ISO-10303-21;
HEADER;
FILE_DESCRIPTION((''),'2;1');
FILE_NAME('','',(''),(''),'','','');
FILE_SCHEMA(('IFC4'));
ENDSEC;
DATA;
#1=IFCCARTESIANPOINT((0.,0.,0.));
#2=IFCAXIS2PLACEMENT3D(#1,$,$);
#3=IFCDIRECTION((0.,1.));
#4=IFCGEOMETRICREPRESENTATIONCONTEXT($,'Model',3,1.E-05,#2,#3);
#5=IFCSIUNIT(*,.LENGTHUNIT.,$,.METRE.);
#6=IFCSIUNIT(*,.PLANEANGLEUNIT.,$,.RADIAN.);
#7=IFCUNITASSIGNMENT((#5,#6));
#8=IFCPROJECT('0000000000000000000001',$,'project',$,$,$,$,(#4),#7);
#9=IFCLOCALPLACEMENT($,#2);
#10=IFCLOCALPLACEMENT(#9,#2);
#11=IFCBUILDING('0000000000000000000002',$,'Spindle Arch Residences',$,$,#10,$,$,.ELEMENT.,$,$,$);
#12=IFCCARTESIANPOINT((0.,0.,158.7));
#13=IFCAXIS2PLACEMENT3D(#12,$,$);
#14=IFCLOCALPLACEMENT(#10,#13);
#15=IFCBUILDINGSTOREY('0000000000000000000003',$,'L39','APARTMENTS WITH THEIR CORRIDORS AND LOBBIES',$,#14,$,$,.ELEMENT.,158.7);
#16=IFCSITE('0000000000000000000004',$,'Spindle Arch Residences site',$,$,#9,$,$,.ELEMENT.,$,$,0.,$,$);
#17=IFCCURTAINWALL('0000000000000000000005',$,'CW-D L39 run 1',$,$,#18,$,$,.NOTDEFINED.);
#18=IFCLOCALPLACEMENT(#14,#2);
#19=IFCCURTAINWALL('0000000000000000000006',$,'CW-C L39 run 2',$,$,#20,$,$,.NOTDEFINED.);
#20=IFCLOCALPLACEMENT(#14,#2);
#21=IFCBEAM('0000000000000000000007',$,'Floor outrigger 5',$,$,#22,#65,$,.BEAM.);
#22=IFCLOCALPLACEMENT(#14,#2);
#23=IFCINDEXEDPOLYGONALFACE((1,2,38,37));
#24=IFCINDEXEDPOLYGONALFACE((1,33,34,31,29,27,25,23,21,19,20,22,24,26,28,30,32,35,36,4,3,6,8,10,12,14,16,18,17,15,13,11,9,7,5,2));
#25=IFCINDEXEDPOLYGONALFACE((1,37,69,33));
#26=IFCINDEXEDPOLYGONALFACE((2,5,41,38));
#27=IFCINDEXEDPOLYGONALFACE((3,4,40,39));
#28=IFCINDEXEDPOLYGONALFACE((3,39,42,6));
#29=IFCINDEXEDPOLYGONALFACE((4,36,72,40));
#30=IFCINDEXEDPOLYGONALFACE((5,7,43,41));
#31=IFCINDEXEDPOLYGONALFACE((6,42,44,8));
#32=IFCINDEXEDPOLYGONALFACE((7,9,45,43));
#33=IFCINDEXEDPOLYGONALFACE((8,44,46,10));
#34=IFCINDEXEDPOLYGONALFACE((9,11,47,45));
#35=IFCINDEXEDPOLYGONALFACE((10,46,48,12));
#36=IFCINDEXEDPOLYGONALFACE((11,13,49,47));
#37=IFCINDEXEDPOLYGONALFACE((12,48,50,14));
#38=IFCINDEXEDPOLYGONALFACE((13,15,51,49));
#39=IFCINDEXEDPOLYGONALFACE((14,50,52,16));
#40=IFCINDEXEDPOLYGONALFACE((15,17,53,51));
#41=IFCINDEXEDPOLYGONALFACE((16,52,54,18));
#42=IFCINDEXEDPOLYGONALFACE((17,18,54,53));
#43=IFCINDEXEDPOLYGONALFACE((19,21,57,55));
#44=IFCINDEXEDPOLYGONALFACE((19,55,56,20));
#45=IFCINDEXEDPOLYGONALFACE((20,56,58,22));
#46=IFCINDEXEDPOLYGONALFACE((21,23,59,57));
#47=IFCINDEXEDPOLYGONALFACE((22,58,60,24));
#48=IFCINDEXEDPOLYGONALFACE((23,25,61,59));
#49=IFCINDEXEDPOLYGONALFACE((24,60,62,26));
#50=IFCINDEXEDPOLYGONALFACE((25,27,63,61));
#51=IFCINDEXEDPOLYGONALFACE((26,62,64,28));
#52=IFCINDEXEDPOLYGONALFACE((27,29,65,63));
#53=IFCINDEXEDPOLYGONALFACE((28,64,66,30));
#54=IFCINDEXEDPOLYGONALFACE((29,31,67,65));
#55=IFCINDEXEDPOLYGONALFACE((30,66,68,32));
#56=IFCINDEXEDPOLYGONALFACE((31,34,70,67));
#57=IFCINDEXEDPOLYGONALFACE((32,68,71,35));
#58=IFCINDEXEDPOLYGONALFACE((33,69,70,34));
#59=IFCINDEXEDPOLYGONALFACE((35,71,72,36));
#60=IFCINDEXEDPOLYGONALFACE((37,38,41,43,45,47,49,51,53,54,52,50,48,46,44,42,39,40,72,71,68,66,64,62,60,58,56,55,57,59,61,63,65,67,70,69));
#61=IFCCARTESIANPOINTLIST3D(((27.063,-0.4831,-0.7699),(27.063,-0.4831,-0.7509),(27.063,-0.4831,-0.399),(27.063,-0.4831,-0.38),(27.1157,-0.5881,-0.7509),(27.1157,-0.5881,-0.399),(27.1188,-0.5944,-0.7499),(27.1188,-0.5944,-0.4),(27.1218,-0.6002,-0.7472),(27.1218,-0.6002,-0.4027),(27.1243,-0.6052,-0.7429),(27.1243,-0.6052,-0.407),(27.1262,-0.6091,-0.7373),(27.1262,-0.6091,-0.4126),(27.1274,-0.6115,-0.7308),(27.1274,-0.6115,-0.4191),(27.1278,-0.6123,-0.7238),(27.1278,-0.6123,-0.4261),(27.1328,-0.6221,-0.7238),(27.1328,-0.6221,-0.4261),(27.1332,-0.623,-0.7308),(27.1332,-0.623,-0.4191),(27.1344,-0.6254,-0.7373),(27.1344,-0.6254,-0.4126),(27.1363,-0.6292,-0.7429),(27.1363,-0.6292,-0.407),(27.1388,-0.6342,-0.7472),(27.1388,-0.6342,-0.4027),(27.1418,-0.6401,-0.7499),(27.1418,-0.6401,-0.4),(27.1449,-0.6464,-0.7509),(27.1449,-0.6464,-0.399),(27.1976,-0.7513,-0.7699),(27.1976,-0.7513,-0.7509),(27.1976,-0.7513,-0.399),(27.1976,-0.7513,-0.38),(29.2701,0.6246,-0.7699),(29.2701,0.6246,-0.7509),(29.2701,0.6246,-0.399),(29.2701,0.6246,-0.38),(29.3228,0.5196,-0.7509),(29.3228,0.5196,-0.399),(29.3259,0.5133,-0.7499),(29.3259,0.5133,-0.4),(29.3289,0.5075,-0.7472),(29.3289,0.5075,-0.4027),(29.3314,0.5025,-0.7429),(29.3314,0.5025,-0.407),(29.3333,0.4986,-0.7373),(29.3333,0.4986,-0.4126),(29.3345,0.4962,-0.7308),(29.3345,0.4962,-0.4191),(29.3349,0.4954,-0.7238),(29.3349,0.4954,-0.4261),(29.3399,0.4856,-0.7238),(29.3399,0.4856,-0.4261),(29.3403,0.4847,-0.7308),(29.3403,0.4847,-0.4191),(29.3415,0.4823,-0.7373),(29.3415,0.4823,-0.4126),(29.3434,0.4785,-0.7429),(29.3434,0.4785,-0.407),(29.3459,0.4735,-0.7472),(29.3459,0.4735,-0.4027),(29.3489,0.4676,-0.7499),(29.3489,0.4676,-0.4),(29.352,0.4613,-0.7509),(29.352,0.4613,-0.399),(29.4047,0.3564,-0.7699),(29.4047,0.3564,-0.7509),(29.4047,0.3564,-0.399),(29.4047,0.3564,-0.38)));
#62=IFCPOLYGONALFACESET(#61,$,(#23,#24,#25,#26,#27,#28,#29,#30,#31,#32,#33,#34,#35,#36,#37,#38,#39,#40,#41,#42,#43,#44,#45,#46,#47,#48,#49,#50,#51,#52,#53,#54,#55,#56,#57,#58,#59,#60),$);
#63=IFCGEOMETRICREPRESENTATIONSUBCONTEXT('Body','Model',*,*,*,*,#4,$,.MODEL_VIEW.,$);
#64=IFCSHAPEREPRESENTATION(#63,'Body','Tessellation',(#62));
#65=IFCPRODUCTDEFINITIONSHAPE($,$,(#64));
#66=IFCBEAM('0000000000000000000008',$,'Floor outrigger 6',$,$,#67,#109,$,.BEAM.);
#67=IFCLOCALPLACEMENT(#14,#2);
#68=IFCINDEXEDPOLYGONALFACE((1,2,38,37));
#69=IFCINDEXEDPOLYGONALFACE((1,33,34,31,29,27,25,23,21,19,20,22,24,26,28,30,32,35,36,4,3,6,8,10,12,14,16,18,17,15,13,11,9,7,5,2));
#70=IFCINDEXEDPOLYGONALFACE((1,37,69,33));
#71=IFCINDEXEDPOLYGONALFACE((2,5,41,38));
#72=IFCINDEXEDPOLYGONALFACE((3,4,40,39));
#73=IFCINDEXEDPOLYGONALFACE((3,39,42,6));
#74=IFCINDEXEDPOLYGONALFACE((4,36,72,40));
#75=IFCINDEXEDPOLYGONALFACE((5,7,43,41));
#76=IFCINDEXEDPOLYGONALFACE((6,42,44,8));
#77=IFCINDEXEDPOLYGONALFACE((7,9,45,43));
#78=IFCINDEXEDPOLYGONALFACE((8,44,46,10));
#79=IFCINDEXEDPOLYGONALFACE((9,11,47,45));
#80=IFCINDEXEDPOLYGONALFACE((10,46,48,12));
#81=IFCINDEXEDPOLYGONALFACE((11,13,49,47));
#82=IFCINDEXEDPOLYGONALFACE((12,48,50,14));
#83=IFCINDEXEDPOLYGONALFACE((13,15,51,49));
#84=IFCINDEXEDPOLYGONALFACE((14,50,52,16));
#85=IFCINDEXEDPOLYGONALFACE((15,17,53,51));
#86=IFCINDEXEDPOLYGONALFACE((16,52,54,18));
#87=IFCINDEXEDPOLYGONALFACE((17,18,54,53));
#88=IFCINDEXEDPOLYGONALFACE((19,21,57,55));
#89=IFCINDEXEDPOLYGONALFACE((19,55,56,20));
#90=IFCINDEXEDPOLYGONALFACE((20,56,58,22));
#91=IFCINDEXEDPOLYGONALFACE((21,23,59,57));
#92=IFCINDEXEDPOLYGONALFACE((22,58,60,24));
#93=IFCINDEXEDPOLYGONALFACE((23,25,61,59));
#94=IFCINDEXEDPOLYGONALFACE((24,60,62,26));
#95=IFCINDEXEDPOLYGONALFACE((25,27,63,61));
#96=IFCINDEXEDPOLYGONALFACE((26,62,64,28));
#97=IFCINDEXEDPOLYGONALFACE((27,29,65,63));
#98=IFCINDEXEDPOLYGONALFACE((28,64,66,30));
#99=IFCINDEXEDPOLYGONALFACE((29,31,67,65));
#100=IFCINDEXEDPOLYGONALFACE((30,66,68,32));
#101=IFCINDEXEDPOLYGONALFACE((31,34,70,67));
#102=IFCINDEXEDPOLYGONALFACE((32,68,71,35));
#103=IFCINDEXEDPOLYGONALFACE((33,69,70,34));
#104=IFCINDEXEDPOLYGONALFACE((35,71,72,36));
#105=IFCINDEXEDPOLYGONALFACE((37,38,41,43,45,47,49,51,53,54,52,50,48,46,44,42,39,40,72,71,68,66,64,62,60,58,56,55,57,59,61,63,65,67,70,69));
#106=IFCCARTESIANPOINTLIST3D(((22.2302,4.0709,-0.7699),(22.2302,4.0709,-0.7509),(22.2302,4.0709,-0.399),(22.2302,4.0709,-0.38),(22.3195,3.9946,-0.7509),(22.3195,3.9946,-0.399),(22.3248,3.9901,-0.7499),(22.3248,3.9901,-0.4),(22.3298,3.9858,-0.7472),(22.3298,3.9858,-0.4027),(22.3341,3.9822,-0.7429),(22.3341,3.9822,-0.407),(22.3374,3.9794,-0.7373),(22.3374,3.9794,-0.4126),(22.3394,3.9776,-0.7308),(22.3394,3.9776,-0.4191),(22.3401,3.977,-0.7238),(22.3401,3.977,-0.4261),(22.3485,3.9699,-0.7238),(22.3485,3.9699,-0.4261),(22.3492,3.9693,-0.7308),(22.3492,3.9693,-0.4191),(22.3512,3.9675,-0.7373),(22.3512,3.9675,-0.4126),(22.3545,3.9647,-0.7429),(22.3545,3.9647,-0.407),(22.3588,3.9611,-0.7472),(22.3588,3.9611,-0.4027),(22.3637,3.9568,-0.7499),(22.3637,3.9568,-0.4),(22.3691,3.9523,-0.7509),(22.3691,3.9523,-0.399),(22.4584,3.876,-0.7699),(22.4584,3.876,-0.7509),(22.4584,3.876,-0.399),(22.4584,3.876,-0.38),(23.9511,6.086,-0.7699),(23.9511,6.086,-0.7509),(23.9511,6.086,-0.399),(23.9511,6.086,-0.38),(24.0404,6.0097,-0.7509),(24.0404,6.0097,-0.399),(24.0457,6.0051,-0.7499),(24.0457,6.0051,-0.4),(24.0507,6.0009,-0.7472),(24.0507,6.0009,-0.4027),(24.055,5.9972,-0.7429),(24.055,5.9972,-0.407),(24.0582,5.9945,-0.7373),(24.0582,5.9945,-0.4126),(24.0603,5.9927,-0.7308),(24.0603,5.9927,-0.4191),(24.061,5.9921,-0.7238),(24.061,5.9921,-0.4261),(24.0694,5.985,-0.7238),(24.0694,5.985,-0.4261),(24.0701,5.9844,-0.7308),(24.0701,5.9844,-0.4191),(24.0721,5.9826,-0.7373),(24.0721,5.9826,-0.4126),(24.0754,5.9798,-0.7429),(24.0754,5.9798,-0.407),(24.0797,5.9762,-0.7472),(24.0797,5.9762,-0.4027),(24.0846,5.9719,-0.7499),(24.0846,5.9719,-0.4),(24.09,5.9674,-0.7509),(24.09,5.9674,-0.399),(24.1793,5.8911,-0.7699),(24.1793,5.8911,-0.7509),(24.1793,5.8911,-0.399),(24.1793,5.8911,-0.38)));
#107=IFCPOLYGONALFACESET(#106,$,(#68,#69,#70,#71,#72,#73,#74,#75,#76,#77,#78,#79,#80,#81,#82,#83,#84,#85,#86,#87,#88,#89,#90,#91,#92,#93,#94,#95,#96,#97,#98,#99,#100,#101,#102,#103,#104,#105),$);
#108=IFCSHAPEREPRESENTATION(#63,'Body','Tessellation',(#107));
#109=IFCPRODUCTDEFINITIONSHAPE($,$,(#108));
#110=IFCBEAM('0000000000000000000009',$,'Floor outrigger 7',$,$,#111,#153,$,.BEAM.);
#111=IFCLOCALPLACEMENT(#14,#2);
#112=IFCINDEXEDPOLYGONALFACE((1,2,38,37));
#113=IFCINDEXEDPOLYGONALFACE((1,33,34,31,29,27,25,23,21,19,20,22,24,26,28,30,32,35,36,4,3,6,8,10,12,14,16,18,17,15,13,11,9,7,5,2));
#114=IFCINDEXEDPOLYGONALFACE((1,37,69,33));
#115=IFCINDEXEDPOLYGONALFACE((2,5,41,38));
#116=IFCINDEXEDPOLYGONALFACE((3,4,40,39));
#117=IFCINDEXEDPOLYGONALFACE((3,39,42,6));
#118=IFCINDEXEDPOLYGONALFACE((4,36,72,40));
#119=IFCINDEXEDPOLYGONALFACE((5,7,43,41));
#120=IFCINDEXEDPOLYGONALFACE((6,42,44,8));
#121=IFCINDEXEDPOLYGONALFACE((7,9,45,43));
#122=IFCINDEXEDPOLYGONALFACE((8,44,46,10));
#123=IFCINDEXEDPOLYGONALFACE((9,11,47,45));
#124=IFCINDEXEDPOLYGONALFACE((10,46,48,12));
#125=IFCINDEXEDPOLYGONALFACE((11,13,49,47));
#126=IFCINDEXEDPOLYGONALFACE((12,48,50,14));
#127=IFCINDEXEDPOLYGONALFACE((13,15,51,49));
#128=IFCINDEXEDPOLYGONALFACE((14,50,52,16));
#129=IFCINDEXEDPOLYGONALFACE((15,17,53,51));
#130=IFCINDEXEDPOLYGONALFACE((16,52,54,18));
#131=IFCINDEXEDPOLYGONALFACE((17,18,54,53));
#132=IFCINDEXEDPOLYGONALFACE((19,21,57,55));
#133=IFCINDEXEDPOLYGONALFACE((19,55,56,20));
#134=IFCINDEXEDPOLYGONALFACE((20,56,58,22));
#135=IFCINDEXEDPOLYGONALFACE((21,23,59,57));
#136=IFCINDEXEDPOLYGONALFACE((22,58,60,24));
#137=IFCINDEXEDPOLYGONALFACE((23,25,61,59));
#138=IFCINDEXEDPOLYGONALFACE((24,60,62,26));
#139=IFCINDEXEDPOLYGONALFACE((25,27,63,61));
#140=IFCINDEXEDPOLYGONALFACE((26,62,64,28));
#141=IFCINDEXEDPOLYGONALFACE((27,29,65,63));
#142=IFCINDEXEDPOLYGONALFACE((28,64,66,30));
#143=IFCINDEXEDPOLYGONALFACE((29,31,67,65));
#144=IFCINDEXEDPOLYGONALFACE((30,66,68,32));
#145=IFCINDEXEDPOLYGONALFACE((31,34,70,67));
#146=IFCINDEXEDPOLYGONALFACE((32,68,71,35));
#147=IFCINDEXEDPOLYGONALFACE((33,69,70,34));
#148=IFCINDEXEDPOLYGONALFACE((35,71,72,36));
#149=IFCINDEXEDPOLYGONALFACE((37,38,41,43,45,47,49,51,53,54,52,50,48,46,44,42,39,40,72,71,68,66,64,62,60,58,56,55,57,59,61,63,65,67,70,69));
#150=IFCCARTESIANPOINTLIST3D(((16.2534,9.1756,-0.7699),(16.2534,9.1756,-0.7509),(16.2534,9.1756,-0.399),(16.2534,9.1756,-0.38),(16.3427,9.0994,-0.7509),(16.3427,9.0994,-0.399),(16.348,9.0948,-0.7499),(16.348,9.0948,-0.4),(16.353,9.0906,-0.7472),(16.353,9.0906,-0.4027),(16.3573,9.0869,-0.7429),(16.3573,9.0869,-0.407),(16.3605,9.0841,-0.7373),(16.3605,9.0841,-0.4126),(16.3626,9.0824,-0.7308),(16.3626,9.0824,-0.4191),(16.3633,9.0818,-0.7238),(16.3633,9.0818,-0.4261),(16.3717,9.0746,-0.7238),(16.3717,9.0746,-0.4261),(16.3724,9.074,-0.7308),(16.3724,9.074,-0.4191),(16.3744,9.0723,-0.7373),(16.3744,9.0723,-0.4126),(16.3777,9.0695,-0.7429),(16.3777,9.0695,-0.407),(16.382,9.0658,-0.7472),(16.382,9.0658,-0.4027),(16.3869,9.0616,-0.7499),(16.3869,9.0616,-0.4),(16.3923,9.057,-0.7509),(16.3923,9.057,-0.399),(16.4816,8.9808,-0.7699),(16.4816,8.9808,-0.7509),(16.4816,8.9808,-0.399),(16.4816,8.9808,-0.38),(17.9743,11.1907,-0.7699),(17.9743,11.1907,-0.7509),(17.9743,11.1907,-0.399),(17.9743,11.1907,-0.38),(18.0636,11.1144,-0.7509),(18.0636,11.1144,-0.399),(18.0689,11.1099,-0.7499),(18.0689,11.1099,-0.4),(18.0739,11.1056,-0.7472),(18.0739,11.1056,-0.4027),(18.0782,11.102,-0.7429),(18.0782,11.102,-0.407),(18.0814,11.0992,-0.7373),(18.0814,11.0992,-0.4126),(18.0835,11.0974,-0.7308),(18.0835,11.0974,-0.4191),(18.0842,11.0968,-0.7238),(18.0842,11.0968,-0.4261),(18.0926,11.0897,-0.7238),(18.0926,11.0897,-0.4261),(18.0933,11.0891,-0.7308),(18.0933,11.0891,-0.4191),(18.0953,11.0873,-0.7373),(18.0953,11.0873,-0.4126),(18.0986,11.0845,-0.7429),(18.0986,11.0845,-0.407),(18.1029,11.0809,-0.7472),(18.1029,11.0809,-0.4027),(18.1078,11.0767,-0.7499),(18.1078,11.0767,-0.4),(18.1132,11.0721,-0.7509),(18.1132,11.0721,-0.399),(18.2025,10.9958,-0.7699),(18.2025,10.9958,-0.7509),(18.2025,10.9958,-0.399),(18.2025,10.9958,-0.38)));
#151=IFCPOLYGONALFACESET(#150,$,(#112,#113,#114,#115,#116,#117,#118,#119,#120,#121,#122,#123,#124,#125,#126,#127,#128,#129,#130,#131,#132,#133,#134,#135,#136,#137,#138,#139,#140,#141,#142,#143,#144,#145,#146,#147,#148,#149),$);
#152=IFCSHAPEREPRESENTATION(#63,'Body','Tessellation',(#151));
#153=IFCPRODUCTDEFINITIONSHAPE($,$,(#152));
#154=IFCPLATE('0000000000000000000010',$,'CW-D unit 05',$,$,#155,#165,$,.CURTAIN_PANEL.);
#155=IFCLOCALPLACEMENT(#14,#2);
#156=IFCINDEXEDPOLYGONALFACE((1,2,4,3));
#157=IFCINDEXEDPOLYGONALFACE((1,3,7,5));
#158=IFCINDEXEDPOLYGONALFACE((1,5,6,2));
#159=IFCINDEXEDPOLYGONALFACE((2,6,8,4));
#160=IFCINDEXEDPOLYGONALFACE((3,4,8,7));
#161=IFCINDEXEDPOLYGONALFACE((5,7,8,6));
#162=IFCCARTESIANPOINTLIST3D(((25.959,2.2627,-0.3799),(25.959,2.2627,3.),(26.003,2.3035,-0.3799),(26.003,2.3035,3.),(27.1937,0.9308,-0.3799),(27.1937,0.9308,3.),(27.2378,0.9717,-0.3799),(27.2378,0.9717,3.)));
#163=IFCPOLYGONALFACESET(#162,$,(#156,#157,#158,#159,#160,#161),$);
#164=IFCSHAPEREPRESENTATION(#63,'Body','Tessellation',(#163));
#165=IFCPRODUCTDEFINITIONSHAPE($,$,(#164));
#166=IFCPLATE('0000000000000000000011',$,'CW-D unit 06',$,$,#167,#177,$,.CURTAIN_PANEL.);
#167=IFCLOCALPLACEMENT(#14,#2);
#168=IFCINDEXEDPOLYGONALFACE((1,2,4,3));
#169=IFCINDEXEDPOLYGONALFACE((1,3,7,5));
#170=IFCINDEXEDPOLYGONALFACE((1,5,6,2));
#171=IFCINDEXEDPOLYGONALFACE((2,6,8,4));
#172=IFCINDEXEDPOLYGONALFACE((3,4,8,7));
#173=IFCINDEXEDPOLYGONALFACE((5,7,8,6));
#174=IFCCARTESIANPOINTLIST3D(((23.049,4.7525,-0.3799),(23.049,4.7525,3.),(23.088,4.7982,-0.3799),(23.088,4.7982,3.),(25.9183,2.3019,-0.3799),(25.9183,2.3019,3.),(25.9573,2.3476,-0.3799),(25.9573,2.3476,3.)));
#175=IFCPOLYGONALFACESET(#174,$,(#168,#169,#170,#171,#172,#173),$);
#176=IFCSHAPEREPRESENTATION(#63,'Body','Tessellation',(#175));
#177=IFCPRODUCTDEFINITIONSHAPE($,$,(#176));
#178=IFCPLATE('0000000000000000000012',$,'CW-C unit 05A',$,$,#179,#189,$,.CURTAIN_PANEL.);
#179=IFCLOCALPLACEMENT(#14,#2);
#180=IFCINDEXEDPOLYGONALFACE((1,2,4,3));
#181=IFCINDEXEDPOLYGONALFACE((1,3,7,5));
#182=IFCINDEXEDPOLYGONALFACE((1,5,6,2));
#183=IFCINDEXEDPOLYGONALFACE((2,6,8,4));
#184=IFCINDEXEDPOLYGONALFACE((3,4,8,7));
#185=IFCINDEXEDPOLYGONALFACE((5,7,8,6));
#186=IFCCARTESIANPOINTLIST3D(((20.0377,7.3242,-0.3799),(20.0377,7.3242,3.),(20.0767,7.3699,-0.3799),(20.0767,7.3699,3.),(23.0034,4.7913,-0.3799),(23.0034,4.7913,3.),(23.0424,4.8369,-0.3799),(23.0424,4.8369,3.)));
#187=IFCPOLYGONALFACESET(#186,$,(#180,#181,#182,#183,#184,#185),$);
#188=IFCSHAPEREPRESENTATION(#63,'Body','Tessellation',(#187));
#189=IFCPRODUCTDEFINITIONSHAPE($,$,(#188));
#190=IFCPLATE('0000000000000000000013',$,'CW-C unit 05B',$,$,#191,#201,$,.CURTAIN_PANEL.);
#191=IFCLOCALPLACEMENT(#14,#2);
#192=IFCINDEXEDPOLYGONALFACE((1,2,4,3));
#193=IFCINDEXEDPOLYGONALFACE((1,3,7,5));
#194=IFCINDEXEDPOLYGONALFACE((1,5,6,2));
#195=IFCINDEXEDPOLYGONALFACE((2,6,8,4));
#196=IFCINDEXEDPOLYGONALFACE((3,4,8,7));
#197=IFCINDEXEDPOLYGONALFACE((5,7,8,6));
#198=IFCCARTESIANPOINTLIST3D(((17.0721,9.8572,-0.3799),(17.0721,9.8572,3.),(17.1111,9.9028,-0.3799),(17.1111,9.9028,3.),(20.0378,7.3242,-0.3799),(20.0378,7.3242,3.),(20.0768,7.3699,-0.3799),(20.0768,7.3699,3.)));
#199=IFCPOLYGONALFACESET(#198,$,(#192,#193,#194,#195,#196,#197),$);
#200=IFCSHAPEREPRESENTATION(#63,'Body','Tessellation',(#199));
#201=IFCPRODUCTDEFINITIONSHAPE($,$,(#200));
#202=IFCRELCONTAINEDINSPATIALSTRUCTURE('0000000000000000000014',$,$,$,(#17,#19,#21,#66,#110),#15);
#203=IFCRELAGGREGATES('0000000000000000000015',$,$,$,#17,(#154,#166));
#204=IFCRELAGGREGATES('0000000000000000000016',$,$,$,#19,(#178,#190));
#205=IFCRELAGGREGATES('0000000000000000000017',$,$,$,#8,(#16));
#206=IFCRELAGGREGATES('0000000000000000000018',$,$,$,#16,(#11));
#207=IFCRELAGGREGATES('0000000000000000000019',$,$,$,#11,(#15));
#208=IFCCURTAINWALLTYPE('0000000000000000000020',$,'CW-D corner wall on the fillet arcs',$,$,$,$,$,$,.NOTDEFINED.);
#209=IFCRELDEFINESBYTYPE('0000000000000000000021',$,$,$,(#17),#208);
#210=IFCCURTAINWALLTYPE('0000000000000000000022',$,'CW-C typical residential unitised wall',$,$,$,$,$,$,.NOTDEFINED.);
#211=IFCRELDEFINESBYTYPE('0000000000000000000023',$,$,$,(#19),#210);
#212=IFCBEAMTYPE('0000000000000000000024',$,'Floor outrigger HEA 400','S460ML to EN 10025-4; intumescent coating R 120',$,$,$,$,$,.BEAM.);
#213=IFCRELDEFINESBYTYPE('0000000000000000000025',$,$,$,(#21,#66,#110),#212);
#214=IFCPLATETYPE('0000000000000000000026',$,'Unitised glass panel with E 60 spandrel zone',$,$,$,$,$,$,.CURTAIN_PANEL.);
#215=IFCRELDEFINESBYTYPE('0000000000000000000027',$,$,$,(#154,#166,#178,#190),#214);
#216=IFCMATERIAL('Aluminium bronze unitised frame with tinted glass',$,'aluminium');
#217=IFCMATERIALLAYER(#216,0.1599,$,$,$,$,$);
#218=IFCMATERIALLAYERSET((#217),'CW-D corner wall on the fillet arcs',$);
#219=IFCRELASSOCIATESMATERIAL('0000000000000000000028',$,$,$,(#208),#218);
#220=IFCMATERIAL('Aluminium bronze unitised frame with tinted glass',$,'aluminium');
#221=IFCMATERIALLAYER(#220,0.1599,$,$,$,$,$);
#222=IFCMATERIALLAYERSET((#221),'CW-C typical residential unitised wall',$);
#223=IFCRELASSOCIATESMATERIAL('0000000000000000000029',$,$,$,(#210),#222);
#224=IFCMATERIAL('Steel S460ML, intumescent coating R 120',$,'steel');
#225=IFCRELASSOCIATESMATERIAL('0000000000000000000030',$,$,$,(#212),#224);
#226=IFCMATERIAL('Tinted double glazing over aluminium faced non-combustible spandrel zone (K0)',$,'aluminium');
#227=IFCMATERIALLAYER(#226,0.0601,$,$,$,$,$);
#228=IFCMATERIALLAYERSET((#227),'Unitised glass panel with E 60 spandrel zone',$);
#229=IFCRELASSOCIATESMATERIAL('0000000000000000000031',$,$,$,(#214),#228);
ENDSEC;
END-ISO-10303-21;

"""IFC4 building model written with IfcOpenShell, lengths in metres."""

from ifc_helpers import new_model, si_unit, direction, frame, origin, origin_2d, place, context, subcontext, project, spatial, rectangle, i_section, extrude, material, layer, layer_set, material_profile, profile_set, type_object, element, aggregate, save


model = new_model("IFC4")

# Units and contexts
model_context = context("Model", 3, precision=1e-05, world=origin(), true_north=direction((0.0, 1.0)))
body_context = subcontext(model_context, "Body", "Model", "MODEL_VIEW")
ifc_project = project(units=[si_unit("LENGTHUNIT", "METRE"), si_unit("PLANEANGLEUNIT", "RADIAN")], contexts=[model_context])

# Site, building, storey
site_placement = place(None, origin())
site = spatial("IfcSite", under=ifc_project, at=site_placement, Name="Spindle Arch Residences site", CompositionType="ELEMENT", RefElevation=0.0)
building_placement = place(site_placement, origin())
building = spatial("IfcBuilding", under=site, at=building_placement, Name="Spindle Arch Residences", CompositionType="ELEMENT")
storey_placement = place(building_placement, frame((0.0, 0.0, 158.7)))
storey = spatial("IfcBuildingStorey", under=building, at=storey_placement, Name="L39", Description="APARTMENTS WITH THEIR CORRIDORS AND LOBBIES", CompositionType="ELEMENT", Elevation=158.7)

# Curtain walls
ifc_material_1 = material(Name="Aluminium bronze unitised frame with tinted glass", Category="aluminium")
ifc_layer_1 = layer(ifc_material_1, 0.1599)
ifc_layer_set_1 = layer_set([ifc_layer_1], Name="CW-D corner wall on the fillet arcs")
curtain_wall_type_1 = type_object("IfcCurtainWallType", Name="CW-D corner wall on the fillet arcs", PredefinedType="NOTDEFINED", material=ifc_layer_set_1)
curtain_wall_1_placement = place(storey_placement, origin())
curtain_wall_1 = element("IfcCurtainWall", 1, at=curtain_wall_1_placement, inside=storey, type_object=curtain_wall_type_1, Name="CW-D L39 run 1", PredefinedType="NOTDEFINED")
ifc_material_2 = material(Name="Aluminium bronze unitised frame with tinted glass", Category="aluminium")
ifc_layer_2 = layer(ifc_material_2, 0.1599)
ifc_layer_set_2 = layer_set([ifc_layer_2], Name="CW-C typical residential unitised wall")
curtain_wall_type_2 = type_object("IfcCurtainWallType", Name="CW-C typical residential unitised wall", PredefinedType="NOTDEFINED", material=ifc_layer_set_2)
curtain_wall_2_placement = place(storey_placement, origin())
curtain_wall_2 = element("IfcCurtainWall", 2, at=curtain_wall_2_placement, inside=storey, type_object=curtain_wall_type_2, Name="CW-C L39 run 2", PredefinedType="NOTDEFINED")

# Beams
ifc_material_3 = material(Name="Steel S460ML, intumescent coating R 120", Category="steel")
ifc_material_profile_1 = material_profile(ifc_material_3, i_section(OverallWidth=0.3, OverallDepth=0.3899, WebThickness=0.011, FlangeThickness=0.019, FilletRadius=0.0271, at=origin_2d()), Name="HEA 400")
ifc_profile_set_1 = profile_set([ifc_material_profile_1], Name="Steel S460ML, intumescent coating R 120")
beam_type_1 = type_object("IfcBeamType", Name="Floor outrigger HEA 400", Description="S460ML to EN 10025-4; intumescent coating R 120", PredefinedType="BEAM", material=ifc_profile_set_1)
beam_1_placement = place(storey_placement, frame((29.3374, 0.4905, -0.575), z_axis=(-0.893754, -0.448558, 0.0), x_axis=(0.448558, -0.893754, 0.0)))
element("IfcBeam", 3, at=beam_1_placement, inside=storey, type_object=beam_type_1, Name="Floor outrigger 5", PredefinedType="BEAM", context=body_context, shape_type="SweptSolid", body=[
    extrude(i_section(OverallWidth=0.3, OverallDepth=0.3899, WebThickness=0.011, FlangeThickness=0.019, FilletRadius=0.0271, at=origin_2d()), origin(), (0.0, 0.0, 1.0), 2.4695),
])
for number, where, z_axis, x_axis, name in (
    (4, (24.0652, 5.9885, -0.575), (-0.649417, -0.760432, 0.0), (0.760432, -0.649417, 0.0), "Floor outrigger 6"),
    (5, (18.0884, 11.0933, -0.575), (-0.649417, -0.760432, 0.0), (0.760432, -0.649417, 0.0), "Floor outrigger 7"),
):
    element("IfcBeam", number, at=place(storey_placement, frame(where, z_axis=z_axis, x_axis=x_axis)), inside=storey, type_object=beam_type_1, Name=name, PredefinedType="BEAM", context=body_context, shape_type="SweptSolid", body=[
        extrude(i_section(OverallWidth=0.3, OverallDepth=0.3899, WebThickness=0.011, FlangeThickness=0.019, FilletRadius=0.0271, at=origin_2d()), origin(), (0.0, 0.0, 1.0), 2.6499),
    ])

# Plates
ifc_material_4 = material(Name="Tinted double glazing over aluminium faced non-combustible spandrel zone (K0)", Category="aluminium")
ifc_layer_3 = layer(ifc_material_4, 0.0601)
ifc_layer_set_3 = layer_set([ifc_layer_3], Name="Unitised glass panel with E 60 spandrel zone")
plate_type = type_object("IfcPlateType", Name="Unitised glass panel with E 60 spandrel zone", PredefinedType="CURTAIN_PANEL", material=ifc_layer_set_3)
plate_1_placement = place(storey_placement, frame((26.5984, 1.6172, -0.3799), z_axis=(0.0, 0.0, 1.0), x_axis=(-0.679868, 0.733334, 0.0)))
plate_1 = element("IfcPlate", 6, at=plate_1_placement, type_object=plate_type, Name="CW-D unit 05", PredefinedType="CURTAIN_PANEL", context=body_context, shape_type="SweptSolid", body=[
    extrude(rectangle(XDim=1.8162, YDim=0.0601, at=origin_2d()), origin(), (0.0, 0.0, 1.0), 3.3799),
])
plate_2_placement = place(storey_placement, frame((24.5032, 3.55, -0.3799), z_axis=(0.0, 0.0, 1.0), x_axis=(-0.760406, 0.649448, 0.0)))
plate_2 = element("IfcPlate", 7, at=plate_2_placement, type_object=plate_type, Name="CW-D unit 06", PredefinedType="CURTAIN_PANEL", context=body_context, shape_type="SweptSolid", body=[
    extrude(rectangle(XDim=3.7734, YDim=0.0601, at=origin_2d()), origin(), (0.0, 0.0, 1.0), 3.3799),
])
aggregate(curtain_wall_1, [plate_1, plate_2])
plate_3_placement = place(storey_placement, frame((21.54, 6.0806, -0.3799), z_axis=(0.0, 0.0, 1.0), x_axis=(-0.760406, 0.649448, 0.0)))
plate_3 = element("IfcPlate", 8, at=plate_3_placement, type_object=plate_type, Name="CW-C unit 05A", PredefinedType="CURTAIN_PANEL", context=body_context, shape_type="SweptSolid", body=[
    extrude(rectangle(XDim=3.9001, YDim=0.0601, at=origin_2d()), origin(), (0.0, 0.0, 1.0), 3.3799),
])
plate_4_placement = place(storey_placement, frame((18.5745, 8.6135, -0.3799), z_axis=(0.0, 0.0, 1.0), x_axis=(-0.760406, 0.649448, 0.0)))
plate_4 = element("IfcPlate", 9, at=plate_4_placement, type_object=plate_type, Name="CW-C unit 05B", PredefinedType="CURTAIN_PANEL", context=body_context, shape_type="SweptSolid", body=[
    extrude(rectangle(XDim=3.9001, YDim=0.0601, at=origin_2d()), origin(), (0.0, 0.0, 1.0), 3.3799),
])
aggregate(curtain_wall_2, [plate_3, plate_4])

save(model, "model.ifc")
